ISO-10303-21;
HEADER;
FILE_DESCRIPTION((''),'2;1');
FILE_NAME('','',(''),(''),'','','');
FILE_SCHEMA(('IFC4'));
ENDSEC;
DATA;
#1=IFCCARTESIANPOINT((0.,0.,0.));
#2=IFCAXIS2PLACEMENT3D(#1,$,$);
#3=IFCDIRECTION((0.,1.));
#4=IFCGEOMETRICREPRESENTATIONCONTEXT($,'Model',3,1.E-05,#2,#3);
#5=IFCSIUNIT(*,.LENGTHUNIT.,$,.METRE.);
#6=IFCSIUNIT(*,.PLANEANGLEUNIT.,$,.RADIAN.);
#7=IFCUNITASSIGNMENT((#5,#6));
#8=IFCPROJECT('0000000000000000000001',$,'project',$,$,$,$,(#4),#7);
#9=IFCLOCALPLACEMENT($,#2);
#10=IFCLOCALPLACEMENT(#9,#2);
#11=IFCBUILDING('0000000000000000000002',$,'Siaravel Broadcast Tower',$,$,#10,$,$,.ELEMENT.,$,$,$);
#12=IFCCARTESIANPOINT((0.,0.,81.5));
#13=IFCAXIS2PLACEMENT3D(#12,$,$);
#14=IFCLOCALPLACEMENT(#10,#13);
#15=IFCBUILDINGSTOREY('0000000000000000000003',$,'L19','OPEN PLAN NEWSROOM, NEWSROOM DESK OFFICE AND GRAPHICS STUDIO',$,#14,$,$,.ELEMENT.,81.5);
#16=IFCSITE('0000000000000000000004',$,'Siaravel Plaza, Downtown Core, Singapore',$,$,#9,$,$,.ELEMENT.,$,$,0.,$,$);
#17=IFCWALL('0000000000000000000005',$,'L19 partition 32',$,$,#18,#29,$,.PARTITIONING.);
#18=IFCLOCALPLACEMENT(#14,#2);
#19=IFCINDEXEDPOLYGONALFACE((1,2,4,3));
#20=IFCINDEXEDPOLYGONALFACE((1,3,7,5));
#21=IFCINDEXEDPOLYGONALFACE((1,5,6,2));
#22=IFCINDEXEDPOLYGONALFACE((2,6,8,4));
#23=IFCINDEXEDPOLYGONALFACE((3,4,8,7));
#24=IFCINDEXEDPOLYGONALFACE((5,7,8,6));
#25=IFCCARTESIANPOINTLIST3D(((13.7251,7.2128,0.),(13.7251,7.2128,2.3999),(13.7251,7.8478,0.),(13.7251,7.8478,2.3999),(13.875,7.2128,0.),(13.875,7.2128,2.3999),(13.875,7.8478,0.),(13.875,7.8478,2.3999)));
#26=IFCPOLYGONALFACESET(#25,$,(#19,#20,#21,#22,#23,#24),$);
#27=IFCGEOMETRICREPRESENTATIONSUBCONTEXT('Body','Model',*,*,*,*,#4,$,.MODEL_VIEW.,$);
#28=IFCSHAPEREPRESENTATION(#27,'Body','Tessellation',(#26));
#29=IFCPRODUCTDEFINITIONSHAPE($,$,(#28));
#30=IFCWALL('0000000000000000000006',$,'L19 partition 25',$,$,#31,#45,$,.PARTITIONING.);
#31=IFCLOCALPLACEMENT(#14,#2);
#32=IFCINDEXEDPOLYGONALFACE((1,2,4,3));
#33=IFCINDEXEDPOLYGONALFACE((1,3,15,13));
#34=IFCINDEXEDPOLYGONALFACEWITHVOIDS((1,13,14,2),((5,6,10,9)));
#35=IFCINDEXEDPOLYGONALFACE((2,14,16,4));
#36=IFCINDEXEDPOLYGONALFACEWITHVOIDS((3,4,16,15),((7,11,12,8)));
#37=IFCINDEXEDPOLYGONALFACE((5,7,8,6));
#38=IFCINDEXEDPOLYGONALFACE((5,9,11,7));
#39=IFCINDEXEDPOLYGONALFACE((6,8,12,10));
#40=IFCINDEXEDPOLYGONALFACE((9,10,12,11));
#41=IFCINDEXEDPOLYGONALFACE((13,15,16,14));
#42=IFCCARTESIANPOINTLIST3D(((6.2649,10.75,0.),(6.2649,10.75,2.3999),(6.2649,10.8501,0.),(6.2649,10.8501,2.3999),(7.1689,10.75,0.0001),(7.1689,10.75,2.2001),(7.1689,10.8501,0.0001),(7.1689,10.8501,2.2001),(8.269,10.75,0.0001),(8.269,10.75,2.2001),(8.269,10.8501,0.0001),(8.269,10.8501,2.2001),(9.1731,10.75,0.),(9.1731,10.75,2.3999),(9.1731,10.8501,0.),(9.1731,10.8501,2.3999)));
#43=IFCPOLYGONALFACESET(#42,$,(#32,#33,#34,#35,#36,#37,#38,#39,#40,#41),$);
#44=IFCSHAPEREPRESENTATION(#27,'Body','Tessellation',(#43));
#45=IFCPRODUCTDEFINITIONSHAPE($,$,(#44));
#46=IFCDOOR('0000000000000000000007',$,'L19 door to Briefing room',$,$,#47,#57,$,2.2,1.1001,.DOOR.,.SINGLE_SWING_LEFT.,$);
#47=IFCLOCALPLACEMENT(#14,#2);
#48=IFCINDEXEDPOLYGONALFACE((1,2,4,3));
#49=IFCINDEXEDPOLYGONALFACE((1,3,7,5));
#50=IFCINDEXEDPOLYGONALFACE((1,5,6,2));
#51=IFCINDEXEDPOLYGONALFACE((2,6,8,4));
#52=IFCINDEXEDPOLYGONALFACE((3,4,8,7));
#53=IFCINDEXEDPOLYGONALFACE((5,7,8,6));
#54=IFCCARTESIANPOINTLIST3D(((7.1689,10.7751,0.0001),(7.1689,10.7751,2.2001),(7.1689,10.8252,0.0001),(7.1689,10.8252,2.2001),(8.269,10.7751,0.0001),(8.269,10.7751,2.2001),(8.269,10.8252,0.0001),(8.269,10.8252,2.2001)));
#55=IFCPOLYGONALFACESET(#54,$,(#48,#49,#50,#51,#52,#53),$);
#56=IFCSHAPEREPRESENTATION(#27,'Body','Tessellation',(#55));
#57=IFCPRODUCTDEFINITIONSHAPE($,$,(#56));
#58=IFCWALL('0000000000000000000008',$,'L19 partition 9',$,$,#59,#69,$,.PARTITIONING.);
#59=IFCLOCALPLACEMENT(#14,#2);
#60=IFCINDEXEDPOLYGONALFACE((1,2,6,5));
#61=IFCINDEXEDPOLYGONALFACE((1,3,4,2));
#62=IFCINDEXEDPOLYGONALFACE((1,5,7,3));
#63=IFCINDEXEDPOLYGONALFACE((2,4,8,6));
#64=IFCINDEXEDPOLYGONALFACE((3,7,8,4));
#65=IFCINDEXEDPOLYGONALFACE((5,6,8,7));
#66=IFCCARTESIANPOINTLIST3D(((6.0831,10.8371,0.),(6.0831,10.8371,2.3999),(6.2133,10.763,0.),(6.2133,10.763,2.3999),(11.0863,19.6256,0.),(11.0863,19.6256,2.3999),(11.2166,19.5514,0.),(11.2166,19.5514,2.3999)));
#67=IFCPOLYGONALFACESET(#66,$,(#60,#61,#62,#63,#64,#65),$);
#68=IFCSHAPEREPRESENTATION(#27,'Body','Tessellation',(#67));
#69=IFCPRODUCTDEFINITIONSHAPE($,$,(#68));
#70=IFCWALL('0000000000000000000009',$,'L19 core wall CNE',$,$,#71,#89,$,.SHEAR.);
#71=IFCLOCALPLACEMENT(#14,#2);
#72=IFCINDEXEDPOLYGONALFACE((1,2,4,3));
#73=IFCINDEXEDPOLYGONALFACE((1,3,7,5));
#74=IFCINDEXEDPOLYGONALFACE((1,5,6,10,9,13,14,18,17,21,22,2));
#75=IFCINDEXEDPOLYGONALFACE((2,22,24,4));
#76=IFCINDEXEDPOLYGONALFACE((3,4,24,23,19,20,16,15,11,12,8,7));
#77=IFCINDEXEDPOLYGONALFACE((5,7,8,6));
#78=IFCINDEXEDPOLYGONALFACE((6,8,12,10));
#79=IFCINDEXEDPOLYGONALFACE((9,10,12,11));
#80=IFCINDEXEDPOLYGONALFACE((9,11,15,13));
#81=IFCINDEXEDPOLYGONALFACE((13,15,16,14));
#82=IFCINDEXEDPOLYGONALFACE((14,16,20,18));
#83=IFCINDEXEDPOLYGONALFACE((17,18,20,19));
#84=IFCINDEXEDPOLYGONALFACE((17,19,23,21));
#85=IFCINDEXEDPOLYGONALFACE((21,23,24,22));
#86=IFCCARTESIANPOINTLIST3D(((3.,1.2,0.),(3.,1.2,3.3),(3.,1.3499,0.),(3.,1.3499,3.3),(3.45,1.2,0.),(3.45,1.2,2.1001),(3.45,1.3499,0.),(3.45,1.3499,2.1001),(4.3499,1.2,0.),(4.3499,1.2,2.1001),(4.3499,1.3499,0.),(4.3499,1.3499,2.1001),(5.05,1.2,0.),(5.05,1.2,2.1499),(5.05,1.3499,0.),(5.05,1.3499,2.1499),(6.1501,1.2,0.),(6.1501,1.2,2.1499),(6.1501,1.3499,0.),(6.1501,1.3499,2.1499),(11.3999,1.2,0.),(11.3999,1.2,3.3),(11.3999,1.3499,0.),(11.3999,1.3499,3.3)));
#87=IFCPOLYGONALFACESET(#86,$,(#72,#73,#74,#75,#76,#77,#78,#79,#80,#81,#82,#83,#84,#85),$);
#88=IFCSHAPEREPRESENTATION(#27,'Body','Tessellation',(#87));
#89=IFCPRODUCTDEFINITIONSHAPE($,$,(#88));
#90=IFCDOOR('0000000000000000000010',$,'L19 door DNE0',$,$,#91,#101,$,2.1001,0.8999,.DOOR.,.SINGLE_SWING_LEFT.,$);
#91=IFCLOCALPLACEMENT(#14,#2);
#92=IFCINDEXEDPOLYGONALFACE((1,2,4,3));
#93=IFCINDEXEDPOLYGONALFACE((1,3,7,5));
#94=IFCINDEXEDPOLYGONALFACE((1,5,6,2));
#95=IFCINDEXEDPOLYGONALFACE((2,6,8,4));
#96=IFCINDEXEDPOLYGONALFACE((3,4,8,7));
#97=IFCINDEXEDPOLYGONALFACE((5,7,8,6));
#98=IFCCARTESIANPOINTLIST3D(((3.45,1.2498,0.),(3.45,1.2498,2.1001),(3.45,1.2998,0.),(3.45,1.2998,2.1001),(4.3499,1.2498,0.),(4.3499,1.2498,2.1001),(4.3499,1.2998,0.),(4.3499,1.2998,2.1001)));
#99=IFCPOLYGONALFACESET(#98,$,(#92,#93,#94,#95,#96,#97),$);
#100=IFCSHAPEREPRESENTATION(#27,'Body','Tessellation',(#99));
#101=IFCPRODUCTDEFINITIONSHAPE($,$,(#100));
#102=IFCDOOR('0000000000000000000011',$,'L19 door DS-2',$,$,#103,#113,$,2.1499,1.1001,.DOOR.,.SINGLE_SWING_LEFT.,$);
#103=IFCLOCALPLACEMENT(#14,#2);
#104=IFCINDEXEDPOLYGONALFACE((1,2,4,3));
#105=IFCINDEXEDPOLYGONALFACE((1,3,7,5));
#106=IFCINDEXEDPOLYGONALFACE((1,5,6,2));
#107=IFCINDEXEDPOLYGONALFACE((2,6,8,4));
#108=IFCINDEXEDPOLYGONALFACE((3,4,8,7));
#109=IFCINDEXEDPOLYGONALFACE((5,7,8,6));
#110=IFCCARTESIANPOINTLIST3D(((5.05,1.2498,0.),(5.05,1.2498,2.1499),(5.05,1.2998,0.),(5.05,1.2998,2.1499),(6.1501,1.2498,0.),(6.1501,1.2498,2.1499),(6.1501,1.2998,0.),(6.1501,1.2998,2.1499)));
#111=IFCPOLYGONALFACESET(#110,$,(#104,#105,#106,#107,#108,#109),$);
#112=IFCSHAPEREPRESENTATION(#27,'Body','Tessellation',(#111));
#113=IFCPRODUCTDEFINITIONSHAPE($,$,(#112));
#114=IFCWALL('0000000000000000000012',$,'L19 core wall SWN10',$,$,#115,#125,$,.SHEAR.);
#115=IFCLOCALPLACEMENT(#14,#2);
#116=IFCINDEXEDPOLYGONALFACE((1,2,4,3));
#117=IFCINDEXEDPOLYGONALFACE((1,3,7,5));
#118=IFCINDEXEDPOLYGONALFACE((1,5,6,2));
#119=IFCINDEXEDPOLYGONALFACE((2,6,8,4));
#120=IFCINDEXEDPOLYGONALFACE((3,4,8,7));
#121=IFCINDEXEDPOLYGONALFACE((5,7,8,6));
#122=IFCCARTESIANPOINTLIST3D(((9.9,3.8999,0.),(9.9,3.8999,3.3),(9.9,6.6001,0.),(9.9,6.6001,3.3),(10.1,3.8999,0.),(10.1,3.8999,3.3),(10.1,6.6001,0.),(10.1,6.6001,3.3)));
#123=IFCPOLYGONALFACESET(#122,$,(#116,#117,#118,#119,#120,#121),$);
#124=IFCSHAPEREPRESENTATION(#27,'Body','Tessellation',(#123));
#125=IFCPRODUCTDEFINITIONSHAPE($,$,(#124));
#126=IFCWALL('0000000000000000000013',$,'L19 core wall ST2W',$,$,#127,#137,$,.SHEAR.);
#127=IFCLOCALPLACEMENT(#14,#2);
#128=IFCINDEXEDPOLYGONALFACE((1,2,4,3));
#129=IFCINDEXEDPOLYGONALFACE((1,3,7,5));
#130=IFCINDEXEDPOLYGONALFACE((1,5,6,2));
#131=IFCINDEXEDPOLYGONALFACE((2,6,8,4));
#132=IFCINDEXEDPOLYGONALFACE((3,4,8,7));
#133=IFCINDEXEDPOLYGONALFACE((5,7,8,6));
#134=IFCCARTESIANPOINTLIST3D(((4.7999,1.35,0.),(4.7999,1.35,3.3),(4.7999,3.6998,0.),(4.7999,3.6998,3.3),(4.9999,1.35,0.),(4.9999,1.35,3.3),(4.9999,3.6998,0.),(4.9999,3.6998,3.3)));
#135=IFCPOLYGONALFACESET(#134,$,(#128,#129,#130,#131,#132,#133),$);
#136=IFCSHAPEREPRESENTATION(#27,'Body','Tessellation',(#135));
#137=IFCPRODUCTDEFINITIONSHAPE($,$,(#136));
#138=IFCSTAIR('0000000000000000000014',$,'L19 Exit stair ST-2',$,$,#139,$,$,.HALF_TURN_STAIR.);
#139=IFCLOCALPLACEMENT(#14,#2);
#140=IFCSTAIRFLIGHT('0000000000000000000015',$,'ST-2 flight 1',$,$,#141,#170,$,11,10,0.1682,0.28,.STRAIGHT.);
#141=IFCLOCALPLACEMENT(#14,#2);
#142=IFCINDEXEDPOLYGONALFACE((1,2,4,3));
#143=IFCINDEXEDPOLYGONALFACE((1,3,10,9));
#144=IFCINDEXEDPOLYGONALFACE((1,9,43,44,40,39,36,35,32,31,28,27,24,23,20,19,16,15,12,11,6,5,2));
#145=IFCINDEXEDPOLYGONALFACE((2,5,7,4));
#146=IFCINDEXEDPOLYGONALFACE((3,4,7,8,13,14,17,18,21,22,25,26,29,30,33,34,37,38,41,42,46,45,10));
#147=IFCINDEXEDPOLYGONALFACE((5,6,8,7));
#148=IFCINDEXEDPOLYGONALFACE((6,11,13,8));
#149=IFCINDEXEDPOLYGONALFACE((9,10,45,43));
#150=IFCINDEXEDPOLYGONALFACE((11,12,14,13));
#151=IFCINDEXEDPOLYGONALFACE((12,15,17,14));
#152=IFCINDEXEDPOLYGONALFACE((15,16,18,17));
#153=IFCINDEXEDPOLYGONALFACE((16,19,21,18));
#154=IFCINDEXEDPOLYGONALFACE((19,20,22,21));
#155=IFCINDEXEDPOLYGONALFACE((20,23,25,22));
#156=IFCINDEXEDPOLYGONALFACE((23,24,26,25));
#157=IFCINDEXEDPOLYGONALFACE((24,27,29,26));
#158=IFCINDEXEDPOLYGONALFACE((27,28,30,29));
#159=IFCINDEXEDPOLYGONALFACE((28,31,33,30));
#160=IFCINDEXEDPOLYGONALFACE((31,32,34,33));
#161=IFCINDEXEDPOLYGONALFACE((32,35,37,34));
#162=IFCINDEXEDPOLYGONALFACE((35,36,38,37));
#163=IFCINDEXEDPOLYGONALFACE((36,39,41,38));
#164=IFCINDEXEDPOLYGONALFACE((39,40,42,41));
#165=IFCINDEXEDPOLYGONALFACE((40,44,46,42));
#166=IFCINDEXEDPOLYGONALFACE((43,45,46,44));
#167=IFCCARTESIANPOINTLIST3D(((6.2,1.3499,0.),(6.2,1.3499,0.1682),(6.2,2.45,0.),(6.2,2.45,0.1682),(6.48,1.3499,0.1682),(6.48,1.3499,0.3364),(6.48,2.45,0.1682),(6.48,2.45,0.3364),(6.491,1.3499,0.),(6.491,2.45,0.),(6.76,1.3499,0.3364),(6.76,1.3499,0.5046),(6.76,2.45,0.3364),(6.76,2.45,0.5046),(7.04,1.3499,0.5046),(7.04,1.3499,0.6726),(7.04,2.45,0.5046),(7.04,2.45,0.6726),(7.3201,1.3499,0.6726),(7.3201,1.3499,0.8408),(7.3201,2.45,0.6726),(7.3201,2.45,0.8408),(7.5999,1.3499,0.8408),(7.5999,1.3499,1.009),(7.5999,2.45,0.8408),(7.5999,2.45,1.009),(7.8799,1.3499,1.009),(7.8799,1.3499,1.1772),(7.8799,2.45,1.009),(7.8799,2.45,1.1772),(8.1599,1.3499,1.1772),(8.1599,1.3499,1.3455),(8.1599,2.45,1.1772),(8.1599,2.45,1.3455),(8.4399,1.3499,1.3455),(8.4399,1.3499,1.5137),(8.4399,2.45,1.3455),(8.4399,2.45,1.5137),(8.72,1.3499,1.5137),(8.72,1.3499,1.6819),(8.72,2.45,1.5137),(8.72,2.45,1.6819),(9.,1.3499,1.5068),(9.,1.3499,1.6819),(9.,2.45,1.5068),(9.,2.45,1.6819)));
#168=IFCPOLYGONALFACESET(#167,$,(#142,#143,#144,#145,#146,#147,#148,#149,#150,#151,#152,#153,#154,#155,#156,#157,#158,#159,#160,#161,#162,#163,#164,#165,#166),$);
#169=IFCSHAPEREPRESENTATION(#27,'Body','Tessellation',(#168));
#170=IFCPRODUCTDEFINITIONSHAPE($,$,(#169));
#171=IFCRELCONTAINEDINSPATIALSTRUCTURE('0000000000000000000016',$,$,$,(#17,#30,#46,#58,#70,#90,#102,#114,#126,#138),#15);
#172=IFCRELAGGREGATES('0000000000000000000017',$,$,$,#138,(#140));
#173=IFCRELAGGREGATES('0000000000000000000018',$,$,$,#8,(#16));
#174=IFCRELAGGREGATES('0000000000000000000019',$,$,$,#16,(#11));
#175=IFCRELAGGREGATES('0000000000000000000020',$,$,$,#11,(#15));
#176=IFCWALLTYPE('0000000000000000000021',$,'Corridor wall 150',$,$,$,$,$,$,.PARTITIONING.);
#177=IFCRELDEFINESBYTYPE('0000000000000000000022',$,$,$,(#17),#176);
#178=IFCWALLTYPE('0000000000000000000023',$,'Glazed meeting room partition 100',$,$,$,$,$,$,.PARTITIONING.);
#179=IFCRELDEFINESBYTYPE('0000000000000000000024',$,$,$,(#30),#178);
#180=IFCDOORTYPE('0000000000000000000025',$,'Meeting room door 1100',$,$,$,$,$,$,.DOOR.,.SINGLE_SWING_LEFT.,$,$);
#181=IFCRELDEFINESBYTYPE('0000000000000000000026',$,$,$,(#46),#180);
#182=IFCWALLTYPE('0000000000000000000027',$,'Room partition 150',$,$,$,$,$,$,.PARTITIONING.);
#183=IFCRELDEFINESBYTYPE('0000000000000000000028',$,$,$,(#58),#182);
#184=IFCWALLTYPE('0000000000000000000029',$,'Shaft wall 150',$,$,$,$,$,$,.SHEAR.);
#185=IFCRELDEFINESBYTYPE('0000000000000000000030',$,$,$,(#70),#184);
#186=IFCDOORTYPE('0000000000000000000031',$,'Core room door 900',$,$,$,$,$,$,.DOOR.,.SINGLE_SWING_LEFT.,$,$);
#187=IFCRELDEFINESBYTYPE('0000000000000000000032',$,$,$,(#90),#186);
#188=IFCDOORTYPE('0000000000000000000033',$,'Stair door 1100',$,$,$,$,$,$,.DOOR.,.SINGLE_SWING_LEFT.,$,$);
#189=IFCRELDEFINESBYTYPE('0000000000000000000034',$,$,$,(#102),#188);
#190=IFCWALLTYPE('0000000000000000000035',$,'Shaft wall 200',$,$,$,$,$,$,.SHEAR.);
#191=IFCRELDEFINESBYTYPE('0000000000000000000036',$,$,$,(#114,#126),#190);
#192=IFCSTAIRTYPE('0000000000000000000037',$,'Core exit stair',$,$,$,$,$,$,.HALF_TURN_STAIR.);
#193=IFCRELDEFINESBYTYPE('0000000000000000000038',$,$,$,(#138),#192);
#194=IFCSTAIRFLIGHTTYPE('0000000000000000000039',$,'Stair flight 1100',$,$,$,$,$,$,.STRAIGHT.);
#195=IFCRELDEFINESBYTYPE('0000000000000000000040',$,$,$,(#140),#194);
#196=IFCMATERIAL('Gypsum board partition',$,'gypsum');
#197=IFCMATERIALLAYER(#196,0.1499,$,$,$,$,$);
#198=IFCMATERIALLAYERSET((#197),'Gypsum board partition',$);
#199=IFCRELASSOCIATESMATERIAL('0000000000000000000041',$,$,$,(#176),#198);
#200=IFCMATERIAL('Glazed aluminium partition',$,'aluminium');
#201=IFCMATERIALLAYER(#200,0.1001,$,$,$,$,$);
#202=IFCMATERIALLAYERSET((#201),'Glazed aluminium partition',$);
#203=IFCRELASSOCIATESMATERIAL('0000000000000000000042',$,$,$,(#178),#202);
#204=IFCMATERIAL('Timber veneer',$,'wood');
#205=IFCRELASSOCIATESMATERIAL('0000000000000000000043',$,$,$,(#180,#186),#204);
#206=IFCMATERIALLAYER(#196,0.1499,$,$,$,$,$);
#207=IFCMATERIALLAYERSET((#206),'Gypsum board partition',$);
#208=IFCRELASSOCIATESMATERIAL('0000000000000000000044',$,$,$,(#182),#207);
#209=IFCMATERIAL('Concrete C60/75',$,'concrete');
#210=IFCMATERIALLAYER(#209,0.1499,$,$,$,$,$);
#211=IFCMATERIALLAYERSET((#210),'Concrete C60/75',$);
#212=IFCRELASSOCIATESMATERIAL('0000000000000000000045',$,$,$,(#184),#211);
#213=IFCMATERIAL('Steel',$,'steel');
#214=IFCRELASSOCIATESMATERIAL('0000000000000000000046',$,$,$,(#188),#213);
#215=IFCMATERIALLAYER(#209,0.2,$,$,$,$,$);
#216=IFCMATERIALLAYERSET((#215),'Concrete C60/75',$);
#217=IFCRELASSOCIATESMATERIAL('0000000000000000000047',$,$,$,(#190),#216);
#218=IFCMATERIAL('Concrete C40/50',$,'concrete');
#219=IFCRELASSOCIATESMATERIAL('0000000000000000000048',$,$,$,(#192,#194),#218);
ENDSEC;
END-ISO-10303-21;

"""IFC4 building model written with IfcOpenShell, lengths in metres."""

from ifc_helpers import new_model, si_unit, direction, frame, frame_2d, origin, place, context, subcontext, project, spatial, polyline, rectangle, outline, extrude, material, layer, layer_set, type_object, element, fill, aggregate, save


model = new_model("IFC4")

# Units and contexts
model_context = context("Model", 3, precision=1e-05, world=origin(), true_north=direction((0.0, 1.0)))
body_context = subcontext(model_context, "Body", "Model", "MODEL_VIEW")
ifc_project = project(units=[si_unit("LENGTHUNIT", "METRE"), si_unit("PLANEANGLEUNIT", "RADIAN")], contexts=[model_context])

# Site, building, storey
site_placement = place(None, origin())
site = spatial("IfcSite", under=ifc_project, at=site_placement, Name="Siaravel Plaza, Downtown Core, Singapore", CompositionType="ELEMENT", RefElevation=0.0)
building_placement = place(site_placement, origin())
building = spatial("IfcBuilding", under=site, at=building_placement, Name="Siaravel Broadcast Tower", CompositionType="ELEMENT")
storey_placement = place(building_placement, frame((0.0, 0.0, 81.5)))
storey = spatial("IfcBuildingStorey", under=building, at=storey_placement, Name="L19", Description="OPEN PLAN NEWSROOM, NEWSROOM DESK OFFICE AND GRAPHICS STUDIO", CompositionType="ELEMENT", Elevation=81.5)

# Shared definitions
ifc_material_1 = material(Name="Gypsum board partition", Category="gypsum")
ifc_layer_1 = layer(ifc_material_1, 0.1499)
ifc_layer_set_1 = layer_set([ifc_layer_1], Name="Gypsum board partition")
wall_type_1 = type_object("IfcWallType", Name="Corridor wall 150", PredefinedType="PARTITIONING", material=ifc_layer_set_1)
ifc_material_2 = material(Name="Timber veneer", Category="wood")

# Wall
wall_1_placement = place(storey_placement, frame((13.8, 7.2129, 0.0), z_axis=(0.0, 0.0, 1.0), x_axis=(0.0, 1.0, 0.0)))
element("IfcWall", 1, at=wall_1_placement, inside=storey, type_object=wall_type_1, Name="L19 partition 32", PredefinedType="PARTITIONING", context=body_context, shape_type="SweptSolid", body=[
    extrude(rectangle(XDim=0.635, YDim=0.1499, at=frame_2d((0.3174, 0.0))), origin(), (0.0, 0.0, 1.0), 2.3999),
])

# Wall, opening, door
ifc_material_3 = material(Name="Glazed aluminium partition", Category="aluminium")
ifc_layer_2 = layer(ifc_material_3, 0.1001)
ifc_layer_set_2 = layer_set([ifc_layer_2], Name="Glazed aluminium partition")
wall_type_2 = type_object("IfcWallType", Name="Glazed meeting room partition 100", PredefinedType="PARTITIONING", material=ifc_layer_set_2)
wall_2_placement = place(storey_placement, frame((9.1731, 10.8, 0.0), z_axis=(0.0, 0.0, 1.0), x_axis=(-1.0, 0.0, 0.0)))
wall_2 = element("IfcWall", 2, at=wall_2_placement, inside=storey, type_object=wall_type_2, Name="L19 partition 25", PredefinedType="PARTITIONING", context=body_context, shape_type="SweptSolid", body=[
    extrude(rectangle(XDim=2.9082, YDim=0.1001, at=frame_2d((1.4541, 0.0))), origin(), (0.0, 0.0, 1.0), 2.3999),
])
opening_1_placement = place(wall_2_placement, frame((0.9041, 0.0, 0.0)))
opening_1 = element("IfcOpeningElement", 3, at=opening_1_placement, cuts=wall_2, PredefinedType="OPENING", context=body_context, shape_type="SweptSolid", body=[
    extrude(rectangle(XDim=1.1001, YDim=2.2, at=frame_2d((0.55, 1.1001))), frame((0.0, 0.0601, 0.0), z_axis=(0.0, -1.0, 0.0), x_axis=(1.0, 0.0, 0.0)), (0.0, 0.0, 1.0), 0.1201),
])
door_type_1 = type_object("IfcDoorType", Name="Meeting room door 1100", OperationType="SINGLE_SWING_LEFT", PredefinedType="DOOR", material=ifc_material_2)
door_1_placement = place(opening_1_placement, origin())
door_1 = element("IfcDoor", 4, at=door_1_placement, inside=storey, type_object=door_type_1, Name="L19 door to Briefing room", OperationType="SINGLE_SWING_LEFT", OverallHeight=2.2, OverallWidth=1.1001, PredefinedType="DOOR", context=body_context, shape_type="SweptSolid", body=[
    extrude(rectangle(XDim=1.1001, YDim=2.2, at=frame_2d((0.55, 1.1001))), frame((0.0, 0.0249, 0.0), z_axis=(0.0, -1.0, 0.0), x_axis=(1.0, 0.0, 0.0)), (0.0, 0.0, 1.0), 0.05),
])
fill(opening_1, door_1)

# Wall
ifc_layer_3 = layer(ifc_material_1, 0.1499)
ifc_layer_set_3 = layer_set([ifc_layer_3], Name="Gypsum board partition")
wall_type_3 = type_object("IfcWallType", Name="Room partition 150", PredefinedType="PARTITIONING", material=ifc_layer_set_3)
wall_3_placement = place(storey_placement, frame((6.1482, 10.8, 0.0), z_axis=(0.0, 0.0, 1.0), x_axis=(0.494742, 0.86904, 0.0)))
element("IfcWall", 5, at=wall_3_placement, inside=storey, type_object=wall_type_3, Name="L19 partition 9", PredefinedType="PARTITIONING", context=body_context, shape_type="SweptSolid", body=[
    extrude(rectangle(XDim=10.1128, YDim=0.1499, at=frame_2d((5.0564, 0.0))), origin(), (0.0, 0.0, 1.0), 2.3999),
])

# Wall, openings, doors
ifc_material_4 = material(Name="Concrete C60/75", Category="concrete")
ifc_layer_4 = layer(ifc_material_4, 0.1499)
ifc_layer_set_4 = layer_set([ifc_layer_4], Name="Concrete C60/75")
wall_type_4 = type_object("IfcWallType", Name="Shaft wall 150", PredefinedType="SHEAR", material=ifc_layer_set_4)
wall_4_placement = place(storey_placement, frame((3.0, 1.2749, 0.0), z_axis=(0.0, 0.0, 1.0), x_axis=(1.0, 0.0, 0.0)))
wall_4 = element("IfcWall", 6, at=wall_4_placement, inside=storey, type_object=wall_type_4, Name="L19 core wall CNE", PredefinedType="SHEAR", context=body_context, shape_type="SweptSolid", body=[
    extrude(rectangle(XDim=8.3999, YDim=0.1499, at=frame_2d((4.2, 0.0))), origin(), (0.0, 0.0, 1.0), 3.3),
])
opening_2_placement = place(wall_4_placement, frame((2.05, 0.0, 0.0)))
opening_2 = element("IfcOpeningElement", 7, at=opening_2_placement, cuts=wall_4, PredefinedType="OPENING", context=body_context, shape_type="SweptSolid", body=[
    extrude(rectangle(XDim=1.1001, YDim=2.1499, at=frame_2d((0.55, 1.075))), frame((0.0, 0.085, 0.0), z_axis=(0.0, -1.0, 0.0), x_axis=(1.0, 0.0, 0.0)), (0.0, 0.0, 1.0), 0.1699),
])
opening_3_placement = place(wall_4_placement, frame((0.45, 0.0, 0.0)))
opening_3 = element("IfcOpeningElement", 8, at=opening_3_placement, cuts=wall_4, PredefinedType="OPENING", context=body_context, shape_type="SweptSolid", body=[
    extrude(rectangle(XDim=0.8999, YDim=2.1001, at=frame_2d((0.45, 1.05))), frame((0.0, 0.085, 0.0), z_axis=(0.0, -1.0, 0.0), x_axis=(1.0, 0.0, 0.0)), (0.0, 0.0, 1.0), 0.1699),
])
door_type_2 = type_object("IfcDoorType", Name="Core room door 900", OperationType="SINGLE_SWING_LEFT", PredefinedType="DOOR", material=ifc_material_2)
door_2_placement = place(opening_3_placement, origin())
door_2 = element("IfcDoor", 9, at=door_2_placement, inside=storey, type_object=door_type_2, Name="L19 door DNE0", OperationType="SINGLE_SWING_LEFT", OverallHeight=2.1001, OverallWidth=0.8999, PredefinedType="DOOR", context=body_context, shape_type="SweptSolid", body=[
    extrude(rectangle(XDim=0.8999, YDim=2.1001, at=frame_2d((0.45, 1.05))), frame((0.0, 0.0249, 0.0), z_axis=(0.0, -1.0, 0.0), x_axis=(1.0, 0.0, 0.0)), (0.0, 0.0, 1.0), 0.05),
])
fill(opening_3, door_2)
ifc_material_5 = material(Name="Steel", Category="steel")
door_type_3 = type_object("IfcDoorType", Name="Stair door 1100", OperationType="SINGLE_SWING_LEFT", PredefinedType="DOOR", material=ifc_material_5)
door_3_placement = place(opening_2_placement, origin())
door_3 = element("IfcDoor", 10, at=door_3_placement, inside=storey, type_object=door_type_3, Name="L19 door DS-2", OperationType="SINGLE_SWING_LEFT", OverallHeight=2.1499, OverallWidth=1.1001, PredefinedType="DOOR", context=body_context, shape_type="SweptSolid", body=[
    extrude(rectangle(XDim=1.1001, YDim=2.1499, at=frame_2d((0.55, 1.075))), frame((0.0, 0.0249, 0.0), z_axis=(0.0, -1.0, 0.0), x_axis=(1.0, 0.0, 0.0)), (0.0, 0.0, 1.0), 0.05),
])
fill(opening_2, door_3)

# Walls
ifc_layer_5 = layer(ifc_material_4, 0.2)
ifc_layer_set_5 = layer_set([ifc_layer_5], Name="Concrete C60/75")
wall_type_5 = type_object("IfcWallType", Name="Shaft wall 200", PredefinedType="SHEAR", material=ifc_layer_set_5)
wall_5_placement = place(storey_placement, frame((10.0, 3.8999, 0.0), z_axis=(0.0, 0.0, 1.0), x_axis=(0.0, 1.0, 0.0)))
element("IfcWall", 11, at=wall_5_placement, inside=storey, type_object=wall_type_5, Name="L19 core wall SWN10", PredefinedType="SHEAR", context=body_context, shape_type="SweptSolid", body=[
    extrude(rectangle(XDim=2.7002, YDim=0.2, at=frame_2d((1.3501, 0.0))), origin(), (0.0, 0.0, 1.0), 3.3),
])
wall_6_placement = place(storey_placement, frame((4.8999, 1.3501, 0.0), z_axis=(0.0, 0.0, 1.0), x_axis=(0.0, 1.0, 0.0)))
element("IfcWall", 12, at=wall_6_placement, inside=storey, type_object=wall_type_5, Name="L19 core wall ST2W", PredefinedType="SHEAR", context=body_context, shape_type="SweptSolid", body=[
    extrude(rectangle(XDim=2.3499, YDim=0.2, at=frame_2d((1.1748, 0.0))), origin(), (0.0, 0.0, 1.0), 3.3),
])

# Stair, stair flight
ifc_material_6 = material(Name="Concrete C40/50", Category="concrete")
stair_type = type_object("IfcStairType", Name="Core exit stair", PredefinedType="HALF_TURN_STAIR", material=ifc_material_6)
stair_placement = place(storey_placement, origin())
stair = element("IfcStair", 13, at=stair_placement, inside=storey, type_object=stair_type, Name="L19 Exit stair ST-2", PredefinedType="HALF_TURN_STAIR")
stair_flight_type = type_object("IfcStairFlightType", Name="Stair flight 1100", PredefinedType="STRAIGHT", material=ifc_material_6)
stair_flight_1_placement = place(storey_placement, frame((6.2, 1.8999, 0.0), z_axis=(0.0, 0.0, 1.0), x_axis=(1.0, 0.0, 0.0)))
stair_flight_1 = element("IfcStairFlight", 14, at=stair_flight_1_placement, type_object=stair_flight_type, Name="ST-2 flight 1", NumberOfRisers=11, NumberOfTreads=10, PredefinedType="STRAIGHT", RiserHeight=0.1682, TreadLength=0.28, context=body_context, shape_type="SweptSolid", body=[
    extrude(outline(polyline([(0.0, 0.0), (0.0, 0.1682), (0.28, 0.1682), (0.28, 0.3364), (0.5601, 0.3364), (0.5601, 0.5046), (0.8401, 0.5046), (0.8401, 0.6726), (1.1201, 0.6726), (1.1201, 0.8408), (1.3999, 0.8408), (1.3999, 1.009), (1.6799, 1.009), (1.6799, 1.1772), (1.96, 1.1772), (1.96, 1.3455), (2.24, 1.3455), (2.24, 1.5137), (2.52, 1.5137), (2.52, 1.6819), (2.8, 1.6819), (2.8, 1.8501), (2.8, 1.5068), (0.291, 0.0), (0.0, 0.0)])), frame((0.0, 0.55, 0.0), z_axis=(0.0, -1.0, 0.0), x_axis=(1.0, 0.0, 0.0)), (0.0, 0.0, 1.0), 1.1001),
])
aggregate(stair, [stair_flight_1])

save(model, "model.ifc")
